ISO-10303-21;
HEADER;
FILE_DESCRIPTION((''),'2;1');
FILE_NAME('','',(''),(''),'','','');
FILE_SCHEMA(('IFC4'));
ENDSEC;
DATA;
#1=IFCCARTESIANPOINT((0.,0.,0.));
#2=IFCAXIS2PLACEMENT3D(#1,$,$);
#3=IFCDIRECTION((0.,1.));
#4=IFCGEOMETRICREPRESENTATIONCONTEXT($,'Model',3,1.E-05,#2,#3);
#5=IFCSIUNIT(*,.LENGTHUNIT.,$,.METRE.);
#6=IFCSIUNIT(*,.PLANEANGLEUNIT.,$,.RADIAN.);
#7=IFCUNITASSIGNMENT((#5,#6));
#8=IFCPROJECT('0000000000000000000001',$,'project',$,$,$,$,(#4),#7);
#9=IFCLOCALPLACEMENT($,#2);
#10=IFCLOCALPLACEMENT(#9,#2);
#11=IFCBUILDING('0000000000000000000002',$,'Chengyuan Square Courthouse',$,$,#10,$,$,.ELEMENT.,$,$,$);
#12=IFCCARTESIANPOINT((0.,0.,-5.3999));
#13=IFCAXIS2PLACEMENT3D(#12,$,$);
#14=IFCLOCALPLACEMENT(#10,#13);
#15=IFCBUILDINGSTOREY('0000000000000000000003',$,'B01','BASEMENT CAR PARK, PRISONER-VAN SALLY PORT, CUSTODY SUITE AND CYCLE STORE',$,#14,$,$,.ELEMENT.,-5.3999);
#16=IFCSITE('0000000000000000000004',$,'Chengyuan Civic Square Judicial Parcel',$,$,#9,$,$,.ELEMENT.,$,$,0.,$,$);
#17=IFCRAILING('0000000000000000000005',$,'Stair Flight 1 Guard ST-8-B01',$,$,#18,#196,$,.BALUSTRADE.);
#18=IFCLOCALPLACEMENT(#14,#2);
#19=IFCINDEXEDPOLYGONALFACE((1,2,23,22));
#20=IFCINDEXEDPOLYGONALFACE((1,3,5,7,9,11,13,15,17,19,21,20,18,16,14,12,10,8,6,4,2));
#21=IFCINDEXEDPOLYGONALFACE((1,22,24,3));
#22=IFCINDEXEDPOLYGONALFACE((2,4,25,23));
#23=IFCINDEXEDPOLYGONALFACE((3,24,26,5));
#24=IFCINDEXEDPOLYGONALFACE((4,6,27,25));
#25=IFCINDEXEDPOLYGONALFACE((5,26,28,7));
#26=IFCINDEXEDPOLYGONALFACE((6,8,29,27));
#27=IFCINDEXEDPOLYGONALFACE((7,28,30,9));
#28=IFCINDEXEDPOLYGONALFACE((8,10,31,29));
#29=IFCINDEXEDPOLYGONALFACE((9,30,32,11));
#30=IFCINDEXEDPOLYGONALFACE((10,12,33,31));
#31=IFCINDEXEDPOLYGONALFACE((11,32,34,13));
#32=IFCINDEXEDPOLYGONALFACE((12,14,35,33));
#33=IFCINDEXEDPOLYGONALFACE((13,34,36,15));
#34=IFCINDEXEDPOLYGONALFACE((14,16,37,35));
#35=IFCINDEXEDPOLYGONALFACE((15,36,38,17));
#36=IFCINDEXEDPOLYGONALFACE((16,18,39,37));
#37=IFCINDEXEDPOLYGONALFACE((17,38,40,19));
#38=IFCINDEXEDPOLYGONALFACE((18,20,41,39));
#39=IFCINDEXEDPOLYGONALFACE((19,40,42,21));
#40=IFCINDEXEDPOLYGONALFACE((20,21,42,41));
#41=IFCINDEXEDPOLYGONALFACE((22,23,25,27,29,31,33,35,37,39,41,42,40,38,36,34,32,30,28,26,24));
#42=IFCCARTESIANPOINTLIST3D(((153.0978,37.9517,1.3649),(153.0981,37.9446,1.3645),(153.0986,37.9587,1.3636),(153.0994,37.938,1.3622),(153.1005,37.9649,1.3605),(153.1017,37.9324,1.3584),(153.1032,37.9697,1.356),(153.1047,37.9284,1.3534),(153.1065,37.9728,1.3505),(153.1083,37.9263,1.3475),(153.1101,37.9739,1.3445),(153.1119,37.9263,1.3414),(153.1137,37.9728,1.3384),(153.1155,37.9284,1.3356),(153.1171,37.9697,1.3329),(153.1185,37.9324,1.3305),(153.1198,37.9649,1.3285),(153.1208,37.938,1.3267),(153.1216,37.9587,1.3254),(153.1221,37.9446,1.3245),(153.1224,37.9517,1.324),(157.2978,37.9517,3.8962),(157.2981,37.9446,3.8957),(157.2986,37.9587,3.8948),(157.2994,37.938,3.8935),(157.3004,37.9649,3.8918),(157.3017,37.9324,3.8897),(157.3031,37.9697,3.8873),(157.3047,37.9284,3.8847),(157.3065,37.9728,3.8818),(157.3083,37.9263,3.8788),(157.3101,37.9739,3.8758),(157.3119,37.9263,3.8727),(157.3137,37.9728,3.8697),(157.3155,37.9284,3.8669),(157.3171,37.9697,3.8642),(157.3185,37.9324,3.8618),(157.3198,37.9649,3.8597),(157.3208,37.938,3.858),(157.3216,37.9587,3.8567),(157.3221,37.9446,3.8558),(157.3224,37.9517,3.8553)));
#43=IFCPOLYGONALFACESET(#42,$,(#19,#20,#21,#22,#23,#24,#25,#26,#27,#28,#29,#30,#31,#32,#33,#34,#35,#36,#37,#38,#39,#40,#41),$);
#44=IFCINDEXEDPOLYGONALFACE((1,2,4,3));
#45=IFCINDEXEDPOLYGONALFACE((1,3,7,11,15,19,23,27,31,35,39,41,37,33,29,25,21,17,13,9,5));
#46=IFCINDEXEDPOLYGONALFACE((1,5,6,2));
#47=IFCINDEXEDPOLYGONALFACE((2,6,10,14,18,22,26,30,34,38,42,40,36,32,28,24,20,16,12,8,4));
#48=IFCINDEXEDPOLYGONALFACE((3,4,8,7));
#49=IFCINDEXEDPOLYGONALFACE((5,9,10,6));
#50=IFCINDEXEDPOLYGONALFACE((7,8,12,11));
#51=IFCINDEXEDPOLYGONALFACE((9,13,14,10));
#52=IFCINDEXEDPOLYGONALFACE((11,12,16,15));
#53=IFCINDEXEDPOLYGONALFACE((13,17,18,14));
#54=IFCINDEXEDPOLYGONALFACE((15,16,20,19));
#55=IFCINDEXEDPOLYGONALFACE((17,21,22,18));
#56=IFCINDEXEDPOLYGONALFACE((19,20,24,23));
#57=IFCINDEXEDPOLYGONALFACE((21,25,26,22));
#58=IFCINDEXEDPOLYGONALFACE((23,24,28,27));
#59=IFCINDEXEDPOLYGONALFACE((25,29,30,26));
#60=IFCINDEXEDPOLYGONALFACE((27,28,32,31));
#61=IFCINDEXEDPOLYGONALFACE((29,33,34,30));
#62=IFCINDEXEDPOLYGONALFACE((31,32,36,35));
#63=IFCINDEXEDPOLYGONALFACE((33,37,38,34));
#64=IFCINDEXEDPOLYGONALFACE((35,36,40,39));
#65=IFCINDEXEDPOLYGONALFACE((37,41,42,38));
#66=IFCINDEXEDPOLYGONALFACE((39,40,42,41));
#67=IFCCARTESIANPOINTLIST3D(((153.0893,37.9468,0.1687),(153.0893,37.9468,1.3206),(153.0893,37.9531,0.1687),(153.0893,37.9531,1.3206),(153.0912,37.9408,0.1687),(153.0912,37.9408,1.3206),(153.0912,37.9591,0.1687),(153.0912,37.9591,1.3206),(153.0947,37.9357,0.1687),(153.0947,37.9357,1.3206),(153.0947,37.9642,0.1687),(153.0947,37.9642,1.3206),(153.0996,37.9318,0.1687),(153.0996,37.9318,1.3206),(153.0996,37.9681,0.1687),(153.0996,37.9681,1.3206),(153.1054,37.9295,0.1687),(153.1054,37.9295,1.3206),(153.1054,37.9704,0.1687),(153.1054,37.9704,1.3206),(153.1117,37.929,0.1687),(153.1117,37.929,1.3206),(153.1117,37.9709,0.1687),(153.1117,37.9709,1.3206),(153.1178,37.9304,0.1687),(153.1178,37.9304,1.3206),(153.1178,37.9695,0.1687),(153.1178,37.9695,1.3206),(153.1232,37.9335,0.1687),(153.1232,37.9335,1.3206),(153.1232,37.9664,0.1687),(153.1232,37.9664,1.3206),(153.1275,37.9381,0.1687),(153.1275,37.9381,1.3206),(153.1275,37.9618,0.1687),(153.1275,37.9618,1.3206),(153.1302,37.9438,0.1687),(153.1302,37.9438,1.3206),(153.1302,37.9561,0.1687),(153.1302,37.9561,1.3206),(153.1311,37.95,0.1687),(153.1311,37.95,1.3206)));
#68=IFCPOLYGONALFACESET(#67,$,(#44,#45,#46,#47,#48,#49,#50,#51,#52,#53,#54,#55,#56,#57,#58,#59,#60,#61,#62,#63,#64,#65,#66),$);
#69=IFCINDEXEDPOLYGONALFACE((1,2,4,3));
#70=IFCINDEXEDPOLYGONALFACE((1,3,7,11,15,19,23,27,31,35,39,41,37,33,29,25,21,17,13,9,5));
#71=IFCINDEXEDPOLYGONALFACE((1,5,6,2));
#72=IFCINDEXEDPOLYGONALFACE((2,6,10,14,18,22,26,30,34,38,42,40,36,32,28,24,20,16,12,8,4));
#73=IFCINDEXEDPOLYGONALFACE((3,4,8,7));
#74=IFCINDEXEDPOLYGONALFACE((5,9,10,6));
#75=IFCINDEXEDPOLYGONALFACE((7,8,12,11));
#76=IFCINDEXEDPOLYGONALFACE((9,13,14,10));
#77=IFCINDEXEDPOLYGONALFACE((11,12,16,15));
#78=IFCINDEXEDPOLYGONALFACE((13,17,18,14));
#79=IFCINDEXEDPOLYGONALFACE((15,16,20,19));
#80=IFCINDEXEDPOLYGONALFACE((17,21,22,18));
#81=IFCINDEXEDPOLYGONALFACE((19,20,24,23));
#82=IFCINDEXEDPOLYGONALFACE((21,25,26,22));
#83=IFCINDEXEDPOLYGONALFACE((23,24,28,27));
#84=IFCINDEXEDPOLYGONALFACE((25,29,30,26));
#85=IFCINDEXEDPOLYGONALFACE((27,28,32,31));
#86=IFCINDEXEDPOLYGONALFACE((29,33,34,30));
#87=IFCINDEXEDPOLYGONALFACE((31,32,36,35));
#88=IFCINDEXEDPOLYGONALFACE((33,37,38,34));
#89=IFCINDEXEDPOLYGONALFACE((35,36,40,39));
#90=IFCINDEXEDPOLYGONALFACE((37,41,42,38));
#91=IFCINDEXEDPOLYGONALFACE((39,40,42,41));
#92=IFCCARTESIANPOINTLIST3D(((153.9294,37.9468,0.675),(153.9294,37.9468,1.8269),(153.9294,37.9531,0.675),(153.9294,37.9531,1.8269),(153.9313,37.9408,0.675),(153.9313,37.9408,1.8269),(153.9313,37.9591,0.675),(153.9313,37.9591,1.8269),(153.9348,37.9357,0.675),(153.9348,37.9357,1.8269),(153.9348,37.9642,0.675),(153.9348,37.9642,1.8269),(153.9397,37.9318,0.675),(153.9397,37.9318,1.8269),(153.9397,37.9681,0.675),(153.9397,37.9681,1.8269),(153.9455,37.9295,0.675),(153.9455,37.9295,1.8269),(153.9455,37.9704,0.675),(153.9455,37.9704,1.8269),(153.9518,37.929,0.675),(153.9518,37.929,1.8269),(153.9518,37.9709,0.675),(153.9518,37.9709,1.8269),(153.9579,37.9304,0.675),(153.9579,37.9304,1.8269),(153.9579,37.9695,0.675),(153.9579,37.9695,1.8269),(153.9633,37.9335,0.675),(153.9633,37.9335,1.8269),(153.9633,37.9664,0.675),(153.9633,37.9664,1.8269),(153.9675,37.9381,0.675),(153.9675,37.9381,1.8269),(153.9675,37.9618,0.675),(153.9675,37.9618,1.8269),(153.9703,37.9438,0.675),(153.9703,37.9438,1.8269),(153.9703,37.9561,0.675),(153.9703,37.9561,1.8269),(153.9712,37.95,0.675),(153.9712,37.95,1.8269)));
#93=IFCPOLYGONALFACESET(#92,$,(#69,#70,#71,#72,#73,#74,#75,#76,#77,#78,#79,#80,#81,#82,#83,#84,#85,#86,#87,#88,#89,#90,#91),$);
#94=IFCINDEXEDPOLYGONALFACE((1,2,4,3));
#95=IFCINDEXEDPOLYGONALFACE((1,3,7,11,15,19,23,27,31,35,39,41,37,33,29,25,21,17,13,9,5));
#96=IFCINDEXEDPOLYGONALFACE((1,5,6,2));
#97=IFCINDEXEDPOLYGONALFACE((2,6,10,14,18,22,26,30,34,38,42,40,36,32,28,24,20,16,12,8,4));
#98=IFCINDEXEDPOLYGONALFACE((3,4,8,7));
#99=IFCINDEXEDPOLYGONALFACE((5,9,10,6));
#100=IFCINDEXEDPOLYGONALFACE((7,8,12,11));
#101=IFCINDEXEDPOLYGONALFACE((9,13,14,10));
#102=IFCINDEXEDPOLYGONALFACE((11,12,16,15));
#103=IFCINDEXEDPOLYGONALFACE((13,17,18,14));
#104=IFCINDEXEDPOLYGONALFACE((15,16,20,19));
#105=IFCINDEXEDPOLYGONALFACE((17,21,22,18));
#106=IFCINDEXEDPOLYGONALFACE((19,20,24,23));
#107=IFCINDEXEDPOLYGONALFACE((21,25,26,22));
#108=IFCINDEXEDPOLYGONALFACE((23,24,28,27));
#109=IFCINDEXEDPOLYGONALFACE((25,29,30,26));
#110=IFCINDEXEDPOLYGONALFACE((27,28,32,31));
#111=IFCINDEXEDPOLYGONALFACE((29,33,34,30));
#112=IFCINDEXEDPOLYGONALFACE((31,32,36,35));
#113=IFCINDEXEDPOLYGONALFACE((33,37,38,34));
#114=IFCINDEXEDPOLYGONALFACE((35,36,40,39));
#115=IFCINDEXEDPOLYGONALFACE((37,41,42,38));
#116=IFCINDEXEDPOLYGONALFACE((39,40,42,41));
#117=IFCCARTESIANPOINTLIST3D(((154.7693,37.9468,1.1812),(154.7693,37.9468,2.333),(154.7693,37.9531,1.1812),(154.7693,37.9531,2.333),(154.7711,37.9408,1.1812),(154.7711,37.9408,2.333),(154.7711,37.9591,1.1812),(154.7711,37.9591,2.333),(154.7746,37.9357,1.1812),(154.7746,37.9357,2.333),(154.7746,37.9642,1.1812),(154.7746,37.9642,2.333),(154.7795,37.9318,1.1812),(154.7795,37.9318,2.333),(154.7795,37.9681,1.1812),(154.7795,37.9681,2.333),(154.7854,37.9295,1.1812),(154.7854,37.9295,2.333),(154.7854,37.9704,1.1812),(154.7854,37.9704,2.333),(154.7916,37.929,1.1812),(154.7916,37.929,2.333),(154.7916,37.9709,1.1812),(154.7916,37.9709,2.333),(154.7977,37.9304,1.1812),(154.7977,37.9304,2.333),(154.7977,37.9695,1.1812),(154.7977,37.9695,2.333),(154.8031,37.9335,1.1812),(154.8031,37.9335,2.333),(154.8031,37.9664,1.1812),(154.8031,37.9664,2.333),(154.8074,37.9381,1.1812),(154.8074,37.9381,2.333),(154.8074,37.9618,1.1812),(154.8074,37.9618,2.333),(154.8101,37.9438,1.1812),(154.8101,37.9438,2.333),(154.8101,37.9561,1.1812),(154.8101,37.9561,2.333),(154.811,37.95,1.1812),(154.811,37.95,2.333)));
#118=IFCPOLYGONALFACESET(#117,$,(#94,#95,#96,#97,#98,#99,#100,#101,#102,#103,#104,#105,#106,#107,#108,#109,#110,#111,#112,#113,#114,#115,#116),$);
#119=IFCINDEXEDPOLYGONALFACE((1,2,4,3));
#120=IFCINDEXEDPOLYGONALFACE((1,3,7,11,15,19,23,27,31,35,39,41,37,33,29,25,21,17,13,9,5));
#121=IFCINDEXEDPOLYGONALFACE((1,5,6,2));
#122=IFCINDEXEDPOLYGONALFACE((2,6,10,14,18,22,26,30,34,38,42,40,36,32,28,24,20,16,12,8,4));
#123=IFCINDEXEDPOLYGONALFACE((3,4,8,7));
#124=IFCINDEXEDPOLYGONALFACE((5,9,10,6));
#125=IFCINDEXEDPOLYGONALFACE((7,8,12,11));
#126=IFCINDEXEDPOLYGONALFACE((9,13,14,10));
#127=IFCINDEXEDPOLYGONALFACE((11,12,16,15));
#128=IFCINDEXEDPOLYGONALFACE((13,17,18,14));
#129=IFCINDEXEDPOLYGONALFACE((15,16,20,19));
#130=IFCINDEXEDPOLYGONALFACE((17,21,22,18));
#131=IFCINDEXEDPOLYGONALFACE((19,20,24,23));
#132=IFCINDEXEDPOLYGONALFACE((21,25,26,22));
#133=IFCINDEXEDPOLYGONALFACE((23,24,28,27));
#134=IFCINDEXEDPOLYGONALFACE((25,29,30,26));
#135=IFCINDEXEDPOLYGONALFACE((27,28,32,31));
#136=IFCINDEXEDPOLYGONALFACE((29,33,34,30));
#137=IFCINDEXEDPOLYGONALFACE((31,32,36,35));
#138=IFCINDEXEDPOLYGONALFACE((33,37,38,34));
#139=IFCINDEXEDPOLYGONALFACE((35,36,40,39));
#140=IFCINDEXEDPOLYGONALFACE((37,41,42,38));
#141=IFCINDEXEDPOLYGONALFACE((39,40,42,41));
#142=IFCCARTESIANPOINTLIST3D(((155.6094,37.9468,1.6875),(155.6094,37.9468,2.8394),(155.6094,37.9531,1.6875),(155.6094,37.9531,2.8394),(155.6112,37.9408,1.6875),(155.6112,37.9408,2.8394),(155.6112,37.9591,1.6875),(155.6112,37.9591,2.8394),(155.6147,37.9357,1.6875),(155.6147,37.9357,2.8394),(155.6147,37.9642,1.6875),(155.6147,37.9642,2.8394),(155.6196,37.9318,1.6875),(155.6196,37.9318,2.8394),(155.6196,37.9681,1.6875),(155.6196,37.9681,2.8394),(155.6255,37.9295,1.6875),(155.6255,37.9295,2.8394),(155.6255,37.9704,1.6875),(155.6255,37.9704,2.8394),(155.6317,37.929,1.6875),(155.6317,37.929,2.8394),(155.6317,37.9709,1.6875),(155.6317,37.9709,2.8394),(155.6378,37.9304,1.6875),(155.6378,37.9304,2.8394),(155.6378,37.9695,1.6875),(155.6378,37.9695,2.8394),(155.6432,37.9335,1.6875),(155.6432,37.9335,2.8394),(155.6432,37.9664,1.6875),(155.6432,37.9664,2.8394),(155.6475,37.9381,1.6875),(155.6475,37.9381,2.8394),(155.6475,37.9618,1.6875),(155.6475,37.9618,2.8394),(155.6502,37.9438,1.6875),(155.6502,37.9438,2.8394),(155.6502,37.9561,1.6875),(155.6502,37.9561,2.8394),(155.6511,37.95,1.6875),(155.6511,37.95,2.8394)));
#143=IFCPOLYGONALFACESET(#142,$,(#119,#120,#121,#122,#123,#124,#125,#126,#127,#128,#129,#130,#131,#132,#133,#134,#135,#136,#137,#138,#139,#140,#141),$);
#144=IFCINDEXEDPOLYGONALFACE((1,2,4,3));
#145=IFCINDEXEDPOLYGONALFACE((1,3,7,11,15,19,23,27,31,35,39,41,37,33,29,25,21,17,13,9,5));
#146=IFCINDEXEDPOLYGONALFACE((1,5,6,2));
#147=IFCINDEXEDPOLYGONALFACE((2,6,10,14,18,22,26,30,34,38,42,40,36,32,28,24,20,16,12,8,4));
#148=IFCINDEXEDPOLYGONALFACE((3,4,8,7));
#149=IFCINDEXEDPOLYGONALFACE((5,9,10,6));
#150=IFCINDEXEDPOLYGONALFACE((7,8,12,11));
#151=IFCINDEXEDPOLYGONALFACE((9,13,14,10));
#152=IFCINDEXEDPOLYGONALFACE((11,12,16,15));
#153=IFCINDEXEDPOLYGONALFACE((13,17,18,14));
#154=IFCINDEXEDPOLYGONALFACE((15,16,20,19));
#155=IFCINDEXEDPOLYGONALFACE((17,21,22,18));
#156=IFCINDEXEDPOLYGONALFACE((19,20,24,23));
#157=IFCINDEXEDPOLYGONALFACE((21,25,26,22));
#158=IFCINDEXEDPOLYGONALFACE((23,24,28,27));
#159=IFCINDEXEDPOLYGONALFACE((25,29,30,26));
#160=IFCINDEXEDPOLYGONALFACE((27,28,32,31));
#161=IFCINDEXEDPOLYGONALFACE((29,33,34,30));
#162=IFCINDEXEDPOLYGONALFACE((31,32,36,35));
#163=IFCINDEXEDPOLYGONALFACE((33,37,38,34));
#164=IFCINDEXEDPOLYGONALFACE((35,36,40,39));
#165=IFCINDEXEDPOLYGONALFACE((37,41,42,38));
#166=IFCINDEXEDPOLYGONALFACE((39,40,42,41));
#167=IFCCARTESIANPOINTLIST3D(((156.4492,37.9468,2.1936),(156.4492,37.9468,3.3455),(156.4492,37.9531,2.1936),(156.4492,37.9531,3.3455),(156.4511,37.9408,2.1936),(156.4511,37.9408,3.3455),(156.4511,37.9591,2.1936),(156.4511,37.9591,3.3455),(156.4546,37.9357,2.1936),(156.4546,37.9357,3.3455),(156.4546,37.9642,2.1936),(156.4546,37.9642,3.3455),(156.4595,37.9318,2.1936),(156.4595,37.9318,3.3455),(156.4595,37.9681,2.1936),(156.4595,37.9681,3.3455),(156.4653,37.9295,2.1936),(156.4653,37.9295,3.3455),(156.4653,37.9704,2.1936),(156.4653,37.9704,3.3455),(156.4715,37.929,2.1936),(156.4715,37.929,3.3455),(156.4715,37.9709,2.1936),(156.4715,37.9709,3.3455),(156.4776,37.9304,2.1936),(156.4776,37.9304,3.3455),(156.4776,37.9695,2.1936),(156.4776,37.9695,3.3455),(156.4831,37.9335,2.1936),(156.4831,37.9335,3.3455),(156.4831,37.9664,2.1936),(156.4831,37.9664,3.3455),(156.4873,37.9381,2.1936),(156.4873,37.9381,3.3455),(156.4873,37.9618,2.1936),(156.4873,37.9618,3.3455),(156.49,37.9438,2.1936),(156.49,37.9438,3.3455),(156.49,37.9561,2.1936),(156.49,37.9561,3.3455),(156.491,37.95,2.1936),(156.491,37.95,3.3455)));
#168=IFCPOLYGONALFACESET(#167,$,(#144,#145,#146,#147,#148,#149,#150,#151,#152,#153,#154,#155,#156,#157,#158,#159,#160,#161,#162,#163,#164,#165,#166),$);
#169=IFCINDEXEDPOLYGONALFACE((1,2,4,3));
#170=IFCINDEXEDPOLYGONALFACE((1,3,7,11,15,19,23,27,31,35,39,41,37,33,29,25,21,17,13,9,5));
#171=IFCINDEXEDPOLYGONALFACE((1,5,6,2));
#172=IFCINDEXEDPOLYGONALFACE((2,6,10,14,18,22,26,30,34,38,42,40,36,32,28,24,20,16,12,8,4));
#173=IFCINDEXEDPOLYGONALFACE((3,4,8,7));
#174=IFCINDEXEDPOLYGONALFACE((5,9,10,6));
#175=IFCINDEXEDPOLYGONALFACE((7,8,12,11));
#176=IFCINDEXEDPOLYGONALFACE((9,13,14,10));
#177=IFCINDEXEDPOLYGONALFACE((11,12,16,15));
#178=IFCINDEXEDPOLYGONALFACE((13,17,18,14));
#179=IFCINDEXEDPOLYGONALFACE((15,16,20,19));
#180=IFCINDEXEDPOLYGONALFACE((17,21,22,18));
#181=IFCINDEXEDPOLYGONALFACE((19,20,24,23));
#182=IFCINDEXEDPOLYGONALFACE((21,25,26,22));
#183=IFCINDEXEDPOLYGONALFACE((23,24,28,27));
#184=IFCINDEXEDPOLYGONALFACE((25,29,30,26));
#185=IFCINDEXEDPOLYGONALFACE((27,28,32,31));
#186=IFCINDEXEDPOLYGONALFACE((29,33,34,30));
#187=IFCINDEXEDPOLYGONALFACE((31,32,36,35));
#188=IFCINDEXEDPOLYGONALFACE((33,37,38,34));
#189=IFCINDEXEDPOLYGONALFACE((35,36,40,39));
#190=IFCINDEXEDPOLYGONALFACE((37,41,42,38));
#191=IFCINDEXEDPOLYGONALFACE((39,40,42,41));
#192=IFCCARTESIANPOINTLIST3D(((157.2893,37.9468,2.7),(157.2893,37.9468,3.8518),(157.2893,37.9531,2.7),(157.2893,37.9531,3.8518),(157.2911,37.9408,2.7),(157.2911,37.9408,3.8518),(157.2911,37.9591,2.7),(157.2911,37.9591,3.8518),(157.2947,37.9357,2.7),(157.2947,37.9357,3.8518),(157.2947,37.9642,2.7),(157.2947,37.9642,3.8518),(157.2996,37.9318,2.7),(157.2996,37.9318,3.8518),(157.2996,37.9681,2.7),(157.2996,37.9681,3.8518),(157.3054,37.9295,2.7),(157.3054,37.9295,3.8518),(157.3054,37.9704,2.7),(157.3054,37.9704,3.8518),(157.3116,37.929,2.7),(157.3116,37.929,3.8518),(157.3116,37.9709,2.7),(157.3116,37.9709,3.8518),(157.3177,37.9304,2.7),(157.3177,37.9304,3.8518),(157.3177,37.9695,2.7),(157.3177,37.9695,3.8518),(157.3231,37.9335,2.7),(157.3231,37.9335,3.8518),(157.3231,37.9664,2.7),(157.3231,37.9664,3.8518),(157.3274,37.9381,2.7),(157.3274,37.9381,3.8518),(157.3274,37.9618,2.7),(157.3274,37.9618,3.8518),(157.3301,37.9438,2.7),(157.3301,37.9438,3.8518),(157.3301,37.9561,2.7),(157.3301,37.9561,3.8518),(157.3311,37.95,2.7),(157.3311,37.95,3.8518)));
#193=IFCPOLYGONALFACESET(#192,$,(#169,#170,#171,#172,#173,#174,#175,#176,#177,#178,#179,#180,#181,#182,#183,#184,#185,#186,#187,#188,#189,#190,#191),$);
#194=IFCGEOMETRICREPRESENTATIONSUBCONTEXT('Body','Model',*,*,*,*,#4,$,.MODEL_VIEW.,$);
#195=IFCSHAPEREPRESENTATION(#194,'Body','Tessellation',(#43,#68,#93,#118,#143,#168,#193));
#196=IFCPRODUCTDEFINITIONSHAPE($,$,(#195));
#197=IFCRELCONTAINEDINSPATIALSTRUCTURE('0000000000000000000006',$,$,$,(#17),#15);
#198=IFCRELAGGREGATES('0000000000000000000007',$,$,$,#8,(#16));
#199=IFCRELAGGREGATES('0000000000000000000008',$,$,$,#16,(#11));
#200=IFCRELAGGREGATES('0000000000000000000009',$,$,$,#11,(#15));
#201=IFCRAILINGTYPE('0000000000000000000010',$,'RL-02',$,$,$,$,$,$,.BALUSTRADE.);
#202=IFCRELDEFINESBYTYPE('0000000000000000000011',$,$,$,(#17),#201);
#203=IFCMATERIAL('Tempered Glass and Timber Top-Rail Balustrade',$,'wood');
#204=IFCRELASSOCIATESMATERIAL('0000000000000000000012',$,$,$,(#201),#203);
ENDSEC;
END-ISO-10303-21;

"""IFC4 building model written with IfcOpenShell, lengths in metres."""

from ifc_helpers import new_model, si_unit, direction, frame, origin, origin_2d, place, context, subcontext, project, spatial, circle, extrude, material, type_object, element, save


model = new_model("IFC4")

# Units and contexts
model_context = context("Model", 3, precision=1e-05, world=origin(), true_north=direction((0.0, 1.0)))
body_context = subcontext(model_context, "Body", "Model", "MODEL_VIEW")
ifc_project = project(units=[si_unit("LENGTHUNIT", "METRE"), si_unit("PLANEANGLEUNIT", "RADIAN")], contexts=[model_context])

# Site, building, storey
site_placement = place(None, origin())
site = spatial("IfcSite", under=ifc_project, at=site_placement, Name="Chengyuan Civic Square Judicial Parcel", CompositionType="ELEMENT", RefElevation=0.0)
building_placement = place(site_placement, origin())
building = spatial("IfcBuilding", under=site, at=building_placement, Name="Chengyuan Square Courthouse", CompositionType="ELEMENT")
storey_placement = place(building_placement, frame((0.0, 0.0, -5.3999)))
storey = spatial("IfcBuildingStorey", under=building, at=storey_placement, Name="B01", Description="BASEMENT CAR PARK, PRISONER-VAN SALLY PORT, CUSTODY SUITE AND CYCLE STORE", CompositionType="ELEMENT", Elevation=-5.3999)

# Railing
ifc_material_1 = material(Name="Tempered Glass and Timber Top-Rail Balustrade", Category="wood")
railing_type_1 = type_object("IfcRailingType", Name="RL-02", PredefinedType="BALUSTRADE", material=ifc_material_1)
railing_1_placement = place(storey_placement, frame((153.1101, 37.95, 0.1687)))
element("IfcRailing", 1, at=railing_1_placement, inside=storey, type_object=railing_type_1, Name="Stair Flight 1 Guard ST-8-B01", PredefinedType="BALUSTRADE", context=body_context, shape_type="SweptSolid", body=[
    extrude(circle(Radius=0.0239, at=origin_2d()), frame((0.0, 0.0, 1.1758), z_axis=(0.856476, 0.0, 0.516186), x_axis=(0.0, 1.0, 0.0)), (0.0, 0.0, 1.0), 4.9038),
    extrude(circle(Radius=0.021, at=origin_2d()), origin(), (0.0, 0.0, 1.0), 1.1519),
    extrude(circle(Radius=0.021, at=origin_2d()), frame((0.8401, 0.0, 0.5063)), (0.0, 0.0, 1.0), 1.1519),
    extrude(circle(Radius=0.021, at=origin_2d()), frame((1.6799, 0.0, 1.0125)), (0.0, 0.0, 1.0), 1.1519),
    extrude(circle(Radius=0.021, at=origin_2d()), frame((2.52, 0.0, 1.5188)), (0.0, 0.0, 1.0), 1.1519),
    extrude(circle(Radius=0.021, at=origin_2d()), frame((3.3599, 0.0, 2.0249)), (0.0, 0.0, 1.0), 1.1519),
    extrude(circle(Radius=0.021, at=origin_2d()), frame((4.2, 0.0, 2.5312)), (0.0, 0.0, 1.0), 1.1519),
])

save(model, "model.ifc")
